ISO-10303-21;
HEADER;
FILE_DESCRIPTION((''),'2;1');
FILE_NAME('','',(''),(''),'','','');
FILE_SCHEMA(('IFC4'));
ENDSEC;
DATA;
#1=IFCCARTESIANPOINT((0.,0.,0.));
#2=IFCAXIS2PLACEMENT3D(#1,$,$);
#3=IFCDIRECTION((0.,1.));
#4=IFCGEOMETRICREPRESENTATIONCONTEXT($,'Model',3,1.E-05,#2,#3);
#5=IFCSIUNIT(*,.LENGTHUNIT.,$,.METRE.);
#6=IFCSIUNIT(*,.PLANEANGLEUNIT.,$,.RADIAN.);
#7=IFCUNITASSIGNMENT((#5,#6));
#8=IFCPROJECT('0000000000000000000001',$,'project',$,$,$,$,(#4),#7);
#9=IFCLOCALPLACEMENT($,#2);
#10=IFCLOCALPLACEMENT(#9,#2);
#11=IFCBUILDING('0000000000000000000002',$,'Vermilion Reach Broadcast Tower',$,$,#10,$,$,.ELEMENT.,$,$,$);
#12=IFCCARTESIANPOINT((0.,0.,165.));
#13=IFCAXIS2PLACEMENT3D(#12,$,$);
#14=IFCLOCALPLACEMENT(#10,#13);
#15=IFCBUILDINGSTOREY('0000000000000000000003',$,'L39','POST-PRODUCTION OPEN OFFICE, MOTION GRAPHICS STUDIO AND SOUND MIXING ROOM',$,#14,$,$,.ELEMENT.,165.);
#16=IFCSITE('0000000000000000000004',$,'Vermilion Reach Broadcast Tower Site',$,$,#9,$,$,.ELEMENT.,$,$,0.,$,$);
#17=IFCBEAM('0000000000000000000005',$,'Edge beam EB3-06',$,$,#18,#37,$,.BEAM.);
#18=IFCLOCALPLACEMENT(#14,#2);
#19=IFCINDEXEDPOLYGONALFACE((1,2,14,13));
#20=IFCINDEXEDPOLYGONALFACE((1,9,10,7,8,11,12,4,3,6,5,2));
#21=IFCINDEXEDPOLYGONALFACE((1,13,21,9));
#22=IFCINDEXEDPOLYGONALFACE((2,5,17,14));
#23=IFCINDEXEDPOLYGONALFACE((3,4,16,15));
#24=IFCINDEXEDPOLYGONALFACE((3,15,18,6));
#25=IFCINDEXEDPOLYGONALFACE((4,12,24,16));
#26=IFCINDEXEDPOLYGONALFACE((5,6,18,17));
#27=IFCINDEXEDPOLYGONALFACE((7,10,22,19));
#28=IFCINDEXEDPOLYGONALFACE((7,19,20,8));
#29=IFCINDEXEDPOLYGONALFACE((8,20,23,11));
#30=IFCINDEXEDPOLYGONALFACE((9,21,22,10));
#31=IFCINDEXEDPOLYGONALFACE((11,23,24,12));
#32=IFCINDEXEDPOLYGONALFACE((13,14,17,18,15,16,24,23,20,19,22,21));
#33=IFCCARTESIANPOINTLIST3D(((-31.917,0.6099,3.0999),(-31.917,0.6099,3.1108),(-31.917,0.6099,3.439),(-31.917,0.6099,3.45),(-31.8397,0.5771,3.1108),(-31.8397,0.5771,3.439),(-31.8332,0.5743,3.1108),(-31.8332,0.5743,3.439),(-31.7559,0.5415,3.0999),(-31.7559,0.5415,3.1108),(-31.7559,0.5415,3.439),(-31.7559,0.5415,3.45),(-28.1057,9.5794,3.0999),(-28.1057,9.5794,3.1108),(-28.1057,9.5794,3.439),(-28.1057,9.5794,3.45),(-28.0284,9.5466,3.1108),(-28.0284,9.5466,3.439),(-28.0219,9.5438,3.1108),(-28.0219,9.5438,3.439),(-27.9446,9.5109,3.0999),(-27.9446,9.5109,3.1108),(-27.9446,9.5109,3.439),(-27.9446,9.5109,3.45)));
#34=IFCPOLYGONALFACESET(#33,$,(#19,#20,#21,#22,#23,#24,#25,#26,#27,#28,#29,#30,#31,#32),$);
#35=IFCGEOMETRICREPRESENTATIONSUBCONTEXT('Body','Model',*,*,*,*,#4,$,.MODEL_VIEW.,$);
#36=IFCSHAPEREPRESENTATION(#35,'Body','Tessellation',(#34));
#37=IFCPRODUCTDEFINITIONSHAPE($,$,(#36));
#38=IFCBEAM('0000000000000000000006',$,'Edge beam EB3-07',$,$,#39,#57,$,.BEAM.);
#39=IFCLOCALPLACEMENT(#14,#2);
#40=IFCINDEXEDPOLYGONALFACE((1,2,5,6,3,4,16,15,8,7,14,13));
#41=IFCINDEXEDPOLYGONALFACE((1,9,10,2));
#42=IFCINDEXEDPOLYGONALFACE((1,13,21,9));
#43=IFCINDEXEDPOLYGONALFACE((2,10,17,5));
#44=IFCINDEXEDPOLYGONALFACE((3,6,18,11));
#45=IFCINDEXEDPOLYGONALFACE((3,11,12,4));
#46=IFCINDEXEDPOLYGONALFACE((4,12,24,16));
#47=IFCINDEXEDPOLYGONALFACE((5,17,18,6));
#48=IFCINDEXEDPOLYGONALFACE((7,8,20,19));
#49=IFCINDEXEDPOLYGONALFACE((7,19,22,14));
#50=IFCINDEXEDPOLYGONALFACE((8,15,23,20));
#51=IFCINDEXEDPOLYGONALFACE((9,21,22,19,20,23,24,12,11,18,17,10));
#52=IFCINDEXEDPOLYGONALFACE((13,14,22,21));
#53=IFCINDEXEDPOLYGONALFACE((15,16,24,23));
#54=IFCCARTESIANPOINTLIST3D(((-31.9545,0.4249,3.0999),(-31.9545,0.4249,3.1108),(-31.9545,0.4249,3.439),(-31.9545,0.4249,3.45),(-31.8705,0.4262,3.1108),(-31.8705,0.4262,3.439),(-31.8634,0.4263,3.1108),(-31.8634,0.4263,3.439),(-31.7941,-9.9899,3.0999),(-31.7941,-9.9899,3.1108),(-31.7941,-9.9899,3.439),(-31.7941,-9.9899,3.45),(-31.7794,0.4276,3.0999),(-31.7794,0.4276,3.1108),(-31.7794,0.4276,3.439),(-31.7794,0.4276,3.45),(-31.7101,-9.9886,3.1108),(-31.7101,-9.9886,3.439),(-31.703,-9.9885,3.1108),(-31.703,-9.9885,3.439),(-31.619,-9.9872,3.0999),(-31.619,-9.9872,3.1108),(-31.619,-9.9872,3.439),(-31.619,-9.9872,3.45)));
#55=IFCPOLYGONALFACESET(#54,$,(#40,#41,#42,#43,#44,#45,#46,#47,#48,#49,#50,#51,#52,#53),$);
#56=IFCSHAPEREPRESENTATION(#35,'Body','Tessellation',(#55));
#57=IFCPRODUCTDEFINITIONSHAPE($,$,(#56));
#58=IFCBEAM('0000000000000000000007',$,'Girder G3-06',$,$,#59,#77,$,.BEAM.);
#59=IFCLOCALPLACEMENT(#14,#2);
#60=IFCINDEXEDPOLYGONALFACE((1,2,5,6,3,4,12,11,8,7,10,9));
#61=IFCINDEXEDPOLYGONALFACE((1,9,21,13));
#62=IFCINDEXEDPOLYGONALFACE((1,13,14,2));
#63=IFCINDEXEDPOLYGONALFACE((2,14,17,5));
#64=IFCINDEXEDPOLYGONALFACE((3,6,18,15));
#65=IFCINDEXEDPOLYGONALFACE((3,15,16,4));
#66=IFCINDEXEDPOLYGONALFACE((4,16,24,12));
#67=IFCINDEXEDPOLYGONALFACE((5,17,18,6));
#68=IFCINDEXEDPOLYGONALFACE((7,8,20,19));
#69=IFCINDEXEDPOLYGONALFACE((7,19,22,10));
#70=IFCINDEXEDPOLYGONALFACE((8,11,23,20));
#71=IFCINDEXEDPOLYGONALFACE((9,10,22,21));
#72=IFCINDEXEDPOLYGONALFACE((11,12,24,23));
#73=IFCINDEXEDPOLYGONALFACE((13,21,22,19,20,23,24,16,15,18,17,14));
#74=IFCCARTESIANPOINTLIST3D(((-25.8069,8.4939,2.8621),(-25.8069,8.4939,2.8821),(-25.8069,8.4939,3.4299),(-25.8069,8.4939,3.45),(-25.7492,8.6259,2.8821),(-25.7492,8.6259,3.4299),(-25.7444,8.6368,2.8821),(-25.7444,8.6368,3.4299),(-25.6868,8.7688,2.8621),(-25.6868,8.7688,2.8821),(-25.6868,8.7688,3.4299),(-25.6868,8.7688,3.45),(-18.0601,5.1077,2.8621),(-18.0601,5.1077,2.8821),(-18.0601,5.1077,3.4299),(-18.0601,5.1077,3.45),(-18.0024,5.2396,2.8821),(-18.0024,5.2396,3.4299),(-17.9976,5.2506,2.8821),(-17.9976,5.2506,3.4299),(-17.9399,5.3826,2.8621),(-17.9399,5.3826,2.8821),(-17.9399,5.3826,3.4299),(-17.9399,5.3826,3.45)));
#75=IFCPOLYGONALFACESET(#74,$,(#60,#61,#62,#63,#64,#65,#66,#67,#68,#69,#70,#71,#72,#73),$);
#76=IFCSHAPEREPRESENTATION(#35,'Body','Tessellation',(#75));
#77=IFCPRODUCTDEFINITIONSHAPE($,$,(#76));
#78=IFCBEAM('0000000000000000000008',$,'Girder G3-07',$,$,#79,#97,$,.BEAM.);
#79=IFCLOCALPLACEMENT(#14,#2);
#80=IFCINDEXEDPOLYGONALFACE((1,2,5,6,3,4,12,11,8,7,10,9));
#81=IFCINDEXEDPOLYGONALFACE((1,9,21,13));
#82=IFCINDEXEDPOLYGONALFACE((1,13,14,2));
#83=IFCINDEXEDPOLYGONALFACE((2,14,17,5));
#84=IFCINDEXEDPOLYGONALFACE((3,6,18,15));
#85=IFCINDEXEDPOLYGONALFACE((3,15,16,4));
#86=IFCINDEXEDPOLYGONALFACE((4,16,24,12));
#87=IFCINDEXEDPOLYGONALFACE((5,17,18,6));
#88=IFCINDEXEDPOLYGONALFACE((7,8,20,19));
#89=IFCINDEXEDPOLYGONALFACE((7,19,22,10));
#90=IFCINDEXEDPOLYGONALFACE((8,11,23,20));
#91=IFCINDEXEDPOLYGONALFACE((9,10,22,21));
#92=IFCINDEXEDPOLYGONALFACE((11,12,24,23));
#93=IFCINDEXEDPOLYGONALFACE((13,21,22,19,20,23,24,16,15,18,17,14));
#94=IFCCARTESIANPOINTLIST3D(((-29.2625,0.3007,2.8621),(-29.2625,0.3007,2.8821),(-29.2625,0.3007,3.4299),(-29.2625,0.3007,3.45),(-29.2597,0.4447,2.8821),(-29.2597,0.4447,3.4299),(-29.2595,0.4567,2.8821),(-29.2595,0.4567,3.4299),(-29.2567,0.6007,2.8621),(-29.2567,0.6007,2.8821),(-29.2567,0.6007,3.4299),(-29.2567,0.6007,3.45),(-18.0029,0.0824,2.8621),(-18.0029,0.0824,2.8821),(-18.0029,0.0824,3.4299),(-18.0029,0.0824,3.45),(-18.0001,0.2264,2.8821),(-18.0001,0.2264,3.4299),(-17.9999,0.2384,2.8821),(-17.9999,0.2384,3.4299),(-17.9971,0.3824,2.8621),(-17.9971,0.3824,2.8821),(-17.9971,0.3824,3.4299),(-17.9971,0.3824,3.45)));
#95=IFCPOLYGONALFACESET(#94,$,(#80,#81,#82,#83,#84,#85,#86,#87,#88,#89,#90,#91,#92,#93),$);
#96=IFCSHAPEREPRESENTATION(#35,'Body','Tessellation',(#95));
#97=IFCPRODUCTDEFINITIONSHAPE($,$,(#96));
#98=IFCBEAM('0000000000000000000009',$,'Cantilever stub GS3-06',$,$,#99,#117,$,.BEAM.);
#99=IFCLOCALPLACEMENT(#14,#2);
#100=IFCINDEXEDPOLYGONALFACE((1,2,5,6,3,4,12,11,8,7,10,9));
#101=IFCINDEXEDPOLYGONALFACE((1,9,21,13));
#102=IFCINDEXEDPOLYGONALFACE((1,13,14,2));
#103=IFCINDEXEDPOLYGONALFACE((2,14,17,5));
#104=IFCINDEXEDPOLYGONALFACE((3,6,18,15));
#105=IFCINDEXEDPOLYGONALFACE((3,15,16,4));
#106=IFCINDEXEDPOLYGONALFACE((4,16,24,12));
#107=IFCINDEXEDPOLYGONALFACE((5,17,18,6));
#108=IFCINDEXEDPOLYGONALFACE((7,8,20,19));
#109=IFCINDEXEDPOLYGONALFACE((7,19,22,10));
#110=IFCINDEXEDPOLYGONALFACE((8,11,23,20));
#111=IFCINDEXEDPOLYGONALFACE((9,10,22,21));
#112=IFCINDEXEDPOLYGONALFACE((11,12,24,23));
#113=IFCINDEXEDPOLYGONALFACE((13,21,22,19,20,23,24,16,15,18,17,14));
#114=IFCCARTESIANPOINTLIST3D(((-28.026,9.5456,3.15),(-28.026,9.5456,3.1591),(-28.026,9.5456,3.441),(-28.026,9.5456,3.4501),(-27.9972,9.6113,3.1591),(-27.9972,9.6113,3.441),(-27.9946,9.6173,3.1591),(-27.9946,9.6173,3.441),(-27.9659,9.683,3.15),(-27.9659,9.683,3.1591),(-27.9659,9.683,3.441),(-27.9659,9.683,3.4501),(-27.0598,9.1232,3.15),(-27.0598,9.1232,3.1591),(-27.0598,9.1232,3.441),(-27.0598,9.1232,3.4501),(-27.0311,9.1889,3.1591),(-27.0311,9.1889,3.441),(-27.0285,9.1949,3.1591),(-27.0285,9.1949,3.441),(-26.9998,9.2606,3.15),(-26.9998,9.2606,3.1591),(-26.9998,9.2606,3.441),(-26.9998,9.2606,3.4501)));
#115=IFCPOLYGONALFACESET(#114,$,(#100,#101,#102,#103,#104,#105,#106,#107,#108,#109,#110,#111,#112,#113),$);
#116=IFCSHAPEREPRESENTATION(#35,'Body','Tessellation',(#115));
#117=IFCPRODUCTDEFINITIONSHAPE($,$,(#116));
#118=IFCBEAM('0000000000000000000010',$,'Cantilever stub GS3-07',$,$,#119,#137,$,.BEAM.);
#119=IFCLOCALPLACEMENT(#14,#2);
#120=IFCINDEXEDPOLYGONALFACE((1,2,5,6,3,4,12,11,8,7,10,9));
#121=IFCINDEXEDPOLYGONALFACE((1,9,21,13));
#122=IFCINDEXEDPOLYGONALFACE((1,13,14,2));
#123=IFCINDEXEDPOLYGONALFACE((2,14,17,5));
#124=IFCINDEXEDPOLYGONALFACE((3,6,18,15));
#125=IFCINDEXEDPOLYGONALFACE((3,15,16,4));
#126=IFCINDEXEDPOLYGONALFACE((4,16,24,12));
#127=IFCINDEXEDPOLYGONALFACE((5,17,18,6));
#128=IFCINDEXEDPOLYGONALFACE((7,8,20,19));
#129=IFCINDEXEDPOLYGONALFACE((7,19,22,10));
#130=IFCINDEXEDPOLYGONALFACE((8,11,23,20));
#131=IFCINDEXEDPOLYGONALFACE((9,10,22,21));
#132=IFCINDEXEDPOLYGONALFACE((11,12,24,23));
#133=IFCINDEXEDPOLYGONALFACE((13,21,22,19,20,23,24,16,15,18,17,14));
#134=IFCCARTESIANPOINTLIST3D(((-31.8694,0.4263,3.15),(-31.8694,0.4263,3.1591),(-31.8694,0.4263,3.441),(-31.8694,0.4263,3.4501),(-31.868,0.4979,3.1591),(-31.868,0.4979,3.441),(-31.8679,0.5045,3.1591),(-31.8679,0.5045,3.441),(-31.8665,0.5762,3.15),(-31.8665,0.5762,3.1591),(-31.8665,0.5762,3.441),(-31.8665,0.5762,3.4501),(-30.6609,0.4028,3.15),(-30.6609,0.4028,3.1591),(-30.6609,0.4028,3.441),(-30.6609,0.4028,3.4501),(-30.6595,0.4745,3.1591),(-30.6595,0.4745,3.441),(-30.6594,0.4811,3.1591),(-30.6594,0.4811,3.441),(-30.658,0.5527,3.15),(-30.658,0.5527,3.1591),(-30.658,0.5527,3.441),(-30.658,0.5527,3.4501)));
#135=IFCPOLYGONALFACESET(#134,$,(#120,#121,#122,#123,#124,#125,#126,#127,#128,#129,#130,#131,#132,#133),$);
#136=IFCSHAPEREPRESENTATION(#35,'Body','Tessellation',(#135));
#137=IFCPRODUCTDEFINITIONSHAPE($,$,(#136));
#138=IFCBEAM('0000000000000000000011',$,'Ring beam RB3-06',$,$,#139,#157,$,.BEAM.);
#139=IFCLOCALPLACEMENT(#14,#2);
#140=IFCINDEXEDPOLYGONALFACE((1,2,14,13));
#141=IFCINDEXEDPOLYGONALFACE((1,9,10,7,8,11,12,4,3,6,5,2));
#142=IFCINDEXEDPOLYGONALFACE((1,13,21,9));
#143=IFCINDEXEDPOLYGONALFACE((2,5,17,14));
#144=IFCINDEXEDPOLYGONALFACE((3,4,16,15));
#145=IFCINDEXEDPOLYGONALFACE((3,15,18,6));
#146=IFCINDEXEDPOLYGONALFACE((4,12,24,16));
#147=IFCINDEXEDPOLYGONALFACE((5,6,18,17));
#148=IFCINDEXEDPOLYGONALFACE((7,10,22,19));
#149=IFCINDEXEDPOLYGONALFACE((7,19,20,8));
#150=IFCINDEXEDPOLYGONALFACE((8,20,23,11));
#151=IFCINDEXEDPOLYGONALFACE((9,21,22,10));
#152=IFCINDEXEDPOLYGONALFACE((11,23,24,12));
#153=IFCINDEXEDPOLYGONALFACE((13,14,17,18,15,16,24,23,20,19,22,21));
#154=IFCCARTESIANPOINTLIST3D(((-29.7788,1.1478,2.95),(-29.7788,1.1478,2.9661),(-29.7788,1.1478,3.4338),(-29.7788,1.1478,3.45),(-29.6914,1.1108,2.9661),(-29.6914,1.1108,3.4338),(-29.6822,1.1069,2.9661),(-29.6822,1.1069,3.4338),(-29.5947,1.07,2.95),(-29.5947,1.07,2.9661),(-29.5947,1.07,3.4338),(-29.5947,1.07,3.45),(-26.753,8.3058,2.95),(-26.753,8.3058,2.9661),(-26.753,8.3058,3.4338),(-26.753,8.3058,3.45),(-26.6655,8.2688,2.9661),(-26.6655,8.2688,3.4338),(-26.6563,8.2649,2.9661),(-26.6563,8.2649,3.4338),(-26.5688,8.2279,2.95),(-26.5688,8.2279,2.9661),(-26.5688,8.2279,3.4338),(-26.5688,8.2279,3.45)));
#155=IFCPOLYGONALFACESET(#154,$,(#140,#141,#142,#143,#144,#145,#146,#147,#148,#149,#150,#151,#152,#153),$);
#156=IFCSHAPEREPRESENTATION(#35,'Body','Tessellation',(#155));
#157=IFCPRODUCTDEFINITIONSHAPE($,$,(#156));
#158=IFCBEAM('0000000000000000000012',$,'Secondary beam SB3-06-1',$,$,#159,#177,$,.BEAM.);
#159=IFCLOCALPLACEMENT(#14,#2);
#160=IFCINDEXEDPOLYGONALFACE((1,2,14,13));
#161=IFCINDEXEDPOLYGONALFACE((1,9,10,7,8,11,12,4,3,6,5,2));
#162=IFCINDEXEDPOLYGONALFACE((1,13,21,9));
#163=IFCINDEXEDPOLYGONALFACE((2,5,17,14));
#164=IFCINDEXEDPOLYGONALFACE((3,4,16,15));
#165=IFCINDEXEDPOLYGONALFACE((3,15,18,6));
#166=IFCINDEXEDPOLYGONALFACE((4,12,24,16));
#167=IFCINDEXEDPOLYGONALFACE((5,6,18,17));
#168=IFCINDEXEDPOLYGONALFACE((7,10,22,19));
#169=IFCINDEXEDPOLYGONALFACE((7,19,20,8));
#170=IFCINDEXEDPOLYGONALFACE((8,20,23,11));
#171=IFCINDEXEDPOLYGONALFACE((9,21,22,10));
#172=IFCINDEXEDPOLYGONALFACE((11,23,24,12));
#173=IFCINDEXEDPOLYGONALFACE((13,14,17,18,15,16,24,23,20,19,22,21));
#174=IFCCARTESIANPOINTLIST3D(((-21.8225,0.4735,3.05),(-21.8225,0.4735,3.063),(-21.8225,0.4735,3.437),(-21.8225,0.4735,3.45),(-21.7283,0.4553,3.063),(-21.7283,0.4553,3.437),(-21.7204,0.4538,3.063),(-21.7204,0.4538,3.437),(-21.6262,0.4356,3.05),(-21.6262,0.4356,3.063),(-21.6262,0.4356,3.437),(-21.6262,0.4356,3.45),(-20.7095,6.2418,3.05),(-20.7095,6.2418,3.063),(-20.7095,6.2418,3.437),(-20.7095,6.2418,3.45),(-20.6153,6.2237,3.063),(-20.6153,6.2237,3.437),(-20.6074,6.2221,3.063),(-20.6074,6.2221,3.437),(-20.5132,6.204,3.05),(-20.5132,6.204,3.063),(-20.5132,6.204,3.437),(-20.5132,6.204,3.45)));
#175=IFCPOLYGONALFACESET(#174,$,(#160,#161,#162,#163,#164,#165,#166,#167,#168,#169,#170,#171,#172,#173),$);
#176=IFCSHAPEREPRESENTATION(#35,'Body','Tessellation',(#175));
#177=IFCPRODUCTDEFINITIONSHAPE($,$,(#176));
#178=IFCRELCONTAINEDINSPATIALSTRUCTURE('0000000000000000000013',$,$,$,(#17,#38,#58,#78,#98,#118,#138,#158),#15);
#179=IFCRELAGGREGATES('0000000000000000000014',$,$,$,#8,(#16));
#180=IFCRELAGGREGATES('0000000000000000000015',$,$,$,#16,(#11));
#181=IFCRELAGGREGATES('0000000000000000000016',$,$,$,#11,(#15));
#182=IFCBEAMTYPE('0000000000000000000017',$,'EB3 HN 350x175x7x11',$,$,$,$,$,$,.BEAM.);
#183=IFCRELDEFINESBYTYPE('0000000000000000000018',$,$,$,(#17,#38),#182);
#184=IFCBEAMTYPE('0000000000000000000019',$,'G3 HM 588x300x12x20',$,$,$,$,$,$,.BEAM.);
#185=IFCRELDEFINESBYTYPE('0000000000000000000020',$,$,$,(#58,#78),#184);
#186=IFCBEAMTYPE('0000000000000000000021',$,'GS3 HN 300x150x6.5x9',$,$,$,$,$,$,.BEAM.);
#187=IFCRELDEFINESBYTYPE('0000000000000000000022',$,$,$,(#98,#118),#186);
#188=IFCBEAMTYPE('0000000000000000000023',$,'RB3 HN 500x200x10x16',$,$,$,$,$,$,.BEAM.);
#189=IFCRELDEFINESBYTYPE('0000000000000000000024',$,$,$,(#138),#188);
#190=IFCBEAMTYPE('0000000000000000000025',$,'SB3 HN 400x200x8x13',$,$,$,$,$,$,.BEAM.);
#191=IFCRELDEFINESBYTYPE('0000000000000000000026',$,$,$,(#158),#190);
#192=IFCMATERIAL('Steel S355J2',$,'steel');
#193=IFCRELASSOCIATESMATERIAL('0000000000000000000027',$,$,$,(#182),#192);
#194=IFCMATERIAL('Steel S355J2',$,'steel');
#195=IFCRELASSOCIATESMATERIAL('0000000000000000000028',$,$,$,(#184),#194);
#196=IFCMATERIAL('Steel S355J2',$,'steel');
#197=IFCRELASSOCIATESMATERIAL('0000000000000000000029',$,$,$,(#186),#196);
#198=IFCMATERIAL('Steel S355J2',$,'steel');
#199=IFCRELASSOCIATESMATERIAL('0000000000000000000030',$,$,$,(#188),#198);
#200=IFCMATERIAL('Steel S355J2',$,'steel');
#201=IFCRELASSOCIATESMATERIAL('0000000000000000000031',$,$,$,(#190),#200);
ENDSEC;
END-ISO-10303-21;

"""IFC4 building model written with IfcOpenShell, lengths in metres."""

from ifc_helpers import new_model, si_unit, direction, frame, origin, origin_2d, place, context, subcontext, project, spatial, i_section, extrude, material, material_profile, profile_set, type_object, element, save


model = new_model("IFC4")

# Units and contexts
model_context = context("Model", 3, precision=1e-05, world=origin(), true_north=direction((0.0, 1.0)))
body_context = subcontext(model_context, "Body", "Model", "MODEL_VIEW")
ifc_project = project(units=[si_unit("LENGTHUNIT", "METRE"), si_unit("PLANEANGLEUNIT", "RADIAN")], contexts=[model_context])

# Site, building, storey
site_placement = place(None, origin())
site = spatial("IfcSite", under=ifc_project, at=site_placement, Name="Vermilion Reach Broadcast Tower Site", CompositionType="ELEMENT", RefElevation=0.0)
building_placement = place(site_placement, origin())
building = spatial("IfcBuilding", under=site, at=building_placement, Name="Vermilion Reach Broadcast Tower", CompositionType="ELEMENT")
storey_placement = place(building_placement, frame((0.0, 0.0, 165.0)))
storey = spatial("IfcBuildingStorey", under=building, at=storey_placement, Name="L39", Description="POST-PRODUCTION OPEN OFFICE, MOTION GRAPHICS STUDIO AND SOUND MIXING ROOM", CompositionType="ELEMENT", Elevation=165.0)

# Beams
ifc_material_1 = material(Name="Steel S355J2", Category="steel")
ifc_material_profile_1 = material_profile(ifc_material_1, i_section(OverallWidth=0.175, OverallDepth=0.3501, WebThickness=0.0071, FlangeThickness=0.011, at=origin_2d()), Name="S355J2 HN 350x175x7x11")
ifc_profile_set_1 = profile_set([ifc_material_profile_1], Name="Steel S355J2")
beam_type_1 = type_object("IfcBeamType", Name="EB3 HN 350x175x7x11", PredefinedType="BEAM", material=ifc_profile_set_1)
beam_1_placement = place(storey_placement, frame((-28.0251, 9.5452, 3.2749), z_axis=(-0.391075, -0.920359, 0.0), x_axis=(0.920359, -0.391075, 0.0)))
element("IfcBeam", 1, at=beam_1_placement, inside=storey, type_object=beam_type_1, Name="Edge beam EB3-06", PredefinedType="BEAM", context=body_context, shape_type="SweptSolid", body=[
    extrude(i_section(OverallWidth=0.175, OverallDepth=0.3501, WebThickness=0.0071, FlangeThickness=0.011, at=origin_2d()), origin(), (0.0, 0.0, 1.0), 9.7456),
])
beam_2_placement = place(storey_placement, frame((-31.8669, 0.4263, 3.2749), z_axis=(0.015399, -0.999881, 0.0), x_axis=(0.999881, 0.015399, 0.0)))
element("IfcBeam", 2, at=beam_2_placement, inside=storey, type_object=beam_type_1, Name="Edge beam EB3-07", PredefinedType="BEAM", context=body_context, shape_type="SweptSolid", body=[
    extrude(i_section(OverallWidth=0.175, OverallDepth=0.3501, WebThickness=0.0071, FlangeThickness=0.011, at=origin_2d()), origin(), (0.0, 0.0, 1.0), 10.416),
])
ifc_material_2 = material(Name="Steel S355J2", Category="steel")
ifc_material_profile_2 = material_profile(ifc_material_2, i_section(OverallWidth=0.3, OverallDepth=0.5879, WebThickness=0.012, FlangeThickness=0.02, at=origin_2d()), Name="S355J2 HM 588x300x12x20")
ifc_profile_set_2 = profile_set([ifc_material_profile_2], Name="Steel S355J2")
beam_type_2 = type_object("IfcBeamType", Name="G3 HM 588x300x12x20", PredefinedType="BEAM", material=ifc_profile_set_2)
beam_3_placement = place(storey_placement, frame((-18.0, 5.2451, 3.156), z_axis=(-0.916288, 0.40052, 0.0), x_axis=(-0.40052, -0.916288, 0.0)))
element("IfcBeam", 3, at=beam_3_placement, inside=storey, type_object=beam_type_2, Name="Girder G3-06", PredefinedType="BEAM", context=body_context, shape_type="SweptSolid", body=[
    extrude(i_section(OverallWidth=0.3, OverallDepth=0.5879, WebThickness=0.012, FlangeThickness=0.02, at=origin_2d()), origin(), (0.0, 0.0, 1.0), 8.4546),
])
beam_4_placement = place(storey_placement, frame((-18.0, 0.2324, 3.156), z_axis=(-0.999812, 0.019381, 0.0), x_axis=(-0.019381, -0.999812, 0.0)))
element("IfcBeam", 4, at=beam_4_placement, inside=storey, type_object=beam_type_2, Name="Girder G3-07", PredefinedType="BEAM", context=body_context, shape_type="SweptSolid", body=[
    extrude(i_section(OverallWidth=0.3, OverallDepth=0.5879, WebThickness=0.012, FlangeThickness=0.02, at=origin_2d()), origin(), (0.0, 0.0, 1.0), 11.2617),
])
ifc_material_3 = material(Name="Steel S355J2", Category="steel")
ifc_material_profile_3 = material_profile(ifc_material_3, i_section(OverallWidth=0.1499, OverallDepth=0.3, WebThickness=0.0066, FlangeThickness=0.009, at=origin_2d()), Name="S355J2 HN 300x150x6.5x9")
ifc_profile_set_3 = profile_set([ifc_material_profile_3], Name="Steel S355J2")
beam_type_3 = type_object("IfcBeamType", Name="GS3 HN 300x150x6.5x9", PredefinedType="BEAM", material=ifc_profile_set_3)
beam_5_placement = place(storey_placement, frame((-27.0298, 9.1919, 3.3), z_axis=(-0.916258, 0.400588, 0.0), x_axis=(-0.400588, -0.916258, 0.0)))
element("IfcBeam", 5, at=beam_5_placement, inside=storey, type_object=beam_type_3, Name="Cantilever stub GS3-06", PredefinedType="BEAM", context=body_context, shape_type="SweptSolid", body=[
    extrude(i_section(OverallWidth=0.1499, OverallDepth=0.3, WebThickness=0.0066, FlangeThickness=0.009, at=origin_2d()), origin(), (0.0, 0.0, 1.0), 1.0544),
])
beam_6_placement = place(storey_placement, frame((-30.6594, 0.4778, 3.3), z_axis=(-0.999812, 0.01939, 0.0), x_axis=(-0.01939, -0.999812, 0.0)))
element("IfcBeam", 6, at=beam_6_placement, inside=storey, type_object=beam_type_3, Name="Cantilever stub GS3-07", PredefinedType="BEAM", context=body_context, shape_type="SweptSolid", body=[
    extrude(i_section(OverallWidth=0.1499, OverallDepth=0.3, WebThickness=0.0066, FlangeThickness=0.009, at=origin_2d()), origin(), (0.0, 0.0, 1.0), 1.2087),
])
ifc_material_4 = material(Name="Steel S355J2", Category="steel")
ifc_material_profile_4 = material_profile(ifc_material_4, i_section(OverallWidth=0.2, OverallDepth=0.5, WebThickness=0.01, FlangeThickness=0.0161, at=origin_2d()), Name="S355J2 HN 500x200x10x16")
ifc_profile_set_4 = profile_set([ifc_material_profile_4], Name="Steel S355J2")
beam_type_4 = type_object("IfcBeamType", Name="RB3 HN 500x200x10x16", PredefinedType="BEAM", material=ifc_profile_set_4)
beam_7_placement = place(storey_placement, frame((-26.6609, 8.2668, 3.2), z_axis=(-0.389368, -0.921082, 0.0), x_axis=(0.921082, -0.389368, 0.0)))
element("IfcBeam", 7, at=beam_7_placement, inside=storey, type_object=beam_type_4, Name="Ring beam RB3-06", PredefinedType="BEAM", context=body_context, shape_type="SweptSolid", body=[
    extrude(i_section(OverallWidth=0.2, OverallDepth=0.5, WebThickness=0.01, FlangeThickness=0.0161, at=origin_2d()), origin(), (0.0, 0.0, 1.0), 7.7712),
])
ifc_material_5 = material(Name="Steel S355J2", Category="steel")
ifc_material_profile_5 = material_profile(ifc_material_5, i_section(OverallWidth=0.2, OverallDepth=0.3999, WebThickness=0.0081, FlangeThickness=0.0129, at=origin_2d()), Name="S355J2 HN 400x200x8x13")
ifc_profile_set_5 = profile_set([ifc_material_profile_5], Name="Steel S355J2")
beam_type_5 = type_object("IfcBeamType", Name="SB3 HN 400x200x8x13", PredefinedType="BEAM", material=ifc_profile_set_5)
beam_8_placement = place(storey_placement, frame((-20.6113, 6.2229, 3.25), z_axis=(-0.189462, -0.981888, 0.0), x_axis=(0.981888, -0.189462, 0.0)))
element("IfcBeam", 8, at=beam_8_placement, inside=storey, type_object=beam_type_5, Name="Secondary beam SB3-06-1", PredefinedType="BEAM", context=body_context, shape_type="SweptSolid", body=[
    extrude(i_section(OverallWidth=0.2, OverallDepth=0.3999, WebThickness=0.0081, FlangeThickness=0.0129, at=origin_2d()), origin(), (0.0, 0.0, 1.0), 5.8748),
])

save(model, "model.ifc")
